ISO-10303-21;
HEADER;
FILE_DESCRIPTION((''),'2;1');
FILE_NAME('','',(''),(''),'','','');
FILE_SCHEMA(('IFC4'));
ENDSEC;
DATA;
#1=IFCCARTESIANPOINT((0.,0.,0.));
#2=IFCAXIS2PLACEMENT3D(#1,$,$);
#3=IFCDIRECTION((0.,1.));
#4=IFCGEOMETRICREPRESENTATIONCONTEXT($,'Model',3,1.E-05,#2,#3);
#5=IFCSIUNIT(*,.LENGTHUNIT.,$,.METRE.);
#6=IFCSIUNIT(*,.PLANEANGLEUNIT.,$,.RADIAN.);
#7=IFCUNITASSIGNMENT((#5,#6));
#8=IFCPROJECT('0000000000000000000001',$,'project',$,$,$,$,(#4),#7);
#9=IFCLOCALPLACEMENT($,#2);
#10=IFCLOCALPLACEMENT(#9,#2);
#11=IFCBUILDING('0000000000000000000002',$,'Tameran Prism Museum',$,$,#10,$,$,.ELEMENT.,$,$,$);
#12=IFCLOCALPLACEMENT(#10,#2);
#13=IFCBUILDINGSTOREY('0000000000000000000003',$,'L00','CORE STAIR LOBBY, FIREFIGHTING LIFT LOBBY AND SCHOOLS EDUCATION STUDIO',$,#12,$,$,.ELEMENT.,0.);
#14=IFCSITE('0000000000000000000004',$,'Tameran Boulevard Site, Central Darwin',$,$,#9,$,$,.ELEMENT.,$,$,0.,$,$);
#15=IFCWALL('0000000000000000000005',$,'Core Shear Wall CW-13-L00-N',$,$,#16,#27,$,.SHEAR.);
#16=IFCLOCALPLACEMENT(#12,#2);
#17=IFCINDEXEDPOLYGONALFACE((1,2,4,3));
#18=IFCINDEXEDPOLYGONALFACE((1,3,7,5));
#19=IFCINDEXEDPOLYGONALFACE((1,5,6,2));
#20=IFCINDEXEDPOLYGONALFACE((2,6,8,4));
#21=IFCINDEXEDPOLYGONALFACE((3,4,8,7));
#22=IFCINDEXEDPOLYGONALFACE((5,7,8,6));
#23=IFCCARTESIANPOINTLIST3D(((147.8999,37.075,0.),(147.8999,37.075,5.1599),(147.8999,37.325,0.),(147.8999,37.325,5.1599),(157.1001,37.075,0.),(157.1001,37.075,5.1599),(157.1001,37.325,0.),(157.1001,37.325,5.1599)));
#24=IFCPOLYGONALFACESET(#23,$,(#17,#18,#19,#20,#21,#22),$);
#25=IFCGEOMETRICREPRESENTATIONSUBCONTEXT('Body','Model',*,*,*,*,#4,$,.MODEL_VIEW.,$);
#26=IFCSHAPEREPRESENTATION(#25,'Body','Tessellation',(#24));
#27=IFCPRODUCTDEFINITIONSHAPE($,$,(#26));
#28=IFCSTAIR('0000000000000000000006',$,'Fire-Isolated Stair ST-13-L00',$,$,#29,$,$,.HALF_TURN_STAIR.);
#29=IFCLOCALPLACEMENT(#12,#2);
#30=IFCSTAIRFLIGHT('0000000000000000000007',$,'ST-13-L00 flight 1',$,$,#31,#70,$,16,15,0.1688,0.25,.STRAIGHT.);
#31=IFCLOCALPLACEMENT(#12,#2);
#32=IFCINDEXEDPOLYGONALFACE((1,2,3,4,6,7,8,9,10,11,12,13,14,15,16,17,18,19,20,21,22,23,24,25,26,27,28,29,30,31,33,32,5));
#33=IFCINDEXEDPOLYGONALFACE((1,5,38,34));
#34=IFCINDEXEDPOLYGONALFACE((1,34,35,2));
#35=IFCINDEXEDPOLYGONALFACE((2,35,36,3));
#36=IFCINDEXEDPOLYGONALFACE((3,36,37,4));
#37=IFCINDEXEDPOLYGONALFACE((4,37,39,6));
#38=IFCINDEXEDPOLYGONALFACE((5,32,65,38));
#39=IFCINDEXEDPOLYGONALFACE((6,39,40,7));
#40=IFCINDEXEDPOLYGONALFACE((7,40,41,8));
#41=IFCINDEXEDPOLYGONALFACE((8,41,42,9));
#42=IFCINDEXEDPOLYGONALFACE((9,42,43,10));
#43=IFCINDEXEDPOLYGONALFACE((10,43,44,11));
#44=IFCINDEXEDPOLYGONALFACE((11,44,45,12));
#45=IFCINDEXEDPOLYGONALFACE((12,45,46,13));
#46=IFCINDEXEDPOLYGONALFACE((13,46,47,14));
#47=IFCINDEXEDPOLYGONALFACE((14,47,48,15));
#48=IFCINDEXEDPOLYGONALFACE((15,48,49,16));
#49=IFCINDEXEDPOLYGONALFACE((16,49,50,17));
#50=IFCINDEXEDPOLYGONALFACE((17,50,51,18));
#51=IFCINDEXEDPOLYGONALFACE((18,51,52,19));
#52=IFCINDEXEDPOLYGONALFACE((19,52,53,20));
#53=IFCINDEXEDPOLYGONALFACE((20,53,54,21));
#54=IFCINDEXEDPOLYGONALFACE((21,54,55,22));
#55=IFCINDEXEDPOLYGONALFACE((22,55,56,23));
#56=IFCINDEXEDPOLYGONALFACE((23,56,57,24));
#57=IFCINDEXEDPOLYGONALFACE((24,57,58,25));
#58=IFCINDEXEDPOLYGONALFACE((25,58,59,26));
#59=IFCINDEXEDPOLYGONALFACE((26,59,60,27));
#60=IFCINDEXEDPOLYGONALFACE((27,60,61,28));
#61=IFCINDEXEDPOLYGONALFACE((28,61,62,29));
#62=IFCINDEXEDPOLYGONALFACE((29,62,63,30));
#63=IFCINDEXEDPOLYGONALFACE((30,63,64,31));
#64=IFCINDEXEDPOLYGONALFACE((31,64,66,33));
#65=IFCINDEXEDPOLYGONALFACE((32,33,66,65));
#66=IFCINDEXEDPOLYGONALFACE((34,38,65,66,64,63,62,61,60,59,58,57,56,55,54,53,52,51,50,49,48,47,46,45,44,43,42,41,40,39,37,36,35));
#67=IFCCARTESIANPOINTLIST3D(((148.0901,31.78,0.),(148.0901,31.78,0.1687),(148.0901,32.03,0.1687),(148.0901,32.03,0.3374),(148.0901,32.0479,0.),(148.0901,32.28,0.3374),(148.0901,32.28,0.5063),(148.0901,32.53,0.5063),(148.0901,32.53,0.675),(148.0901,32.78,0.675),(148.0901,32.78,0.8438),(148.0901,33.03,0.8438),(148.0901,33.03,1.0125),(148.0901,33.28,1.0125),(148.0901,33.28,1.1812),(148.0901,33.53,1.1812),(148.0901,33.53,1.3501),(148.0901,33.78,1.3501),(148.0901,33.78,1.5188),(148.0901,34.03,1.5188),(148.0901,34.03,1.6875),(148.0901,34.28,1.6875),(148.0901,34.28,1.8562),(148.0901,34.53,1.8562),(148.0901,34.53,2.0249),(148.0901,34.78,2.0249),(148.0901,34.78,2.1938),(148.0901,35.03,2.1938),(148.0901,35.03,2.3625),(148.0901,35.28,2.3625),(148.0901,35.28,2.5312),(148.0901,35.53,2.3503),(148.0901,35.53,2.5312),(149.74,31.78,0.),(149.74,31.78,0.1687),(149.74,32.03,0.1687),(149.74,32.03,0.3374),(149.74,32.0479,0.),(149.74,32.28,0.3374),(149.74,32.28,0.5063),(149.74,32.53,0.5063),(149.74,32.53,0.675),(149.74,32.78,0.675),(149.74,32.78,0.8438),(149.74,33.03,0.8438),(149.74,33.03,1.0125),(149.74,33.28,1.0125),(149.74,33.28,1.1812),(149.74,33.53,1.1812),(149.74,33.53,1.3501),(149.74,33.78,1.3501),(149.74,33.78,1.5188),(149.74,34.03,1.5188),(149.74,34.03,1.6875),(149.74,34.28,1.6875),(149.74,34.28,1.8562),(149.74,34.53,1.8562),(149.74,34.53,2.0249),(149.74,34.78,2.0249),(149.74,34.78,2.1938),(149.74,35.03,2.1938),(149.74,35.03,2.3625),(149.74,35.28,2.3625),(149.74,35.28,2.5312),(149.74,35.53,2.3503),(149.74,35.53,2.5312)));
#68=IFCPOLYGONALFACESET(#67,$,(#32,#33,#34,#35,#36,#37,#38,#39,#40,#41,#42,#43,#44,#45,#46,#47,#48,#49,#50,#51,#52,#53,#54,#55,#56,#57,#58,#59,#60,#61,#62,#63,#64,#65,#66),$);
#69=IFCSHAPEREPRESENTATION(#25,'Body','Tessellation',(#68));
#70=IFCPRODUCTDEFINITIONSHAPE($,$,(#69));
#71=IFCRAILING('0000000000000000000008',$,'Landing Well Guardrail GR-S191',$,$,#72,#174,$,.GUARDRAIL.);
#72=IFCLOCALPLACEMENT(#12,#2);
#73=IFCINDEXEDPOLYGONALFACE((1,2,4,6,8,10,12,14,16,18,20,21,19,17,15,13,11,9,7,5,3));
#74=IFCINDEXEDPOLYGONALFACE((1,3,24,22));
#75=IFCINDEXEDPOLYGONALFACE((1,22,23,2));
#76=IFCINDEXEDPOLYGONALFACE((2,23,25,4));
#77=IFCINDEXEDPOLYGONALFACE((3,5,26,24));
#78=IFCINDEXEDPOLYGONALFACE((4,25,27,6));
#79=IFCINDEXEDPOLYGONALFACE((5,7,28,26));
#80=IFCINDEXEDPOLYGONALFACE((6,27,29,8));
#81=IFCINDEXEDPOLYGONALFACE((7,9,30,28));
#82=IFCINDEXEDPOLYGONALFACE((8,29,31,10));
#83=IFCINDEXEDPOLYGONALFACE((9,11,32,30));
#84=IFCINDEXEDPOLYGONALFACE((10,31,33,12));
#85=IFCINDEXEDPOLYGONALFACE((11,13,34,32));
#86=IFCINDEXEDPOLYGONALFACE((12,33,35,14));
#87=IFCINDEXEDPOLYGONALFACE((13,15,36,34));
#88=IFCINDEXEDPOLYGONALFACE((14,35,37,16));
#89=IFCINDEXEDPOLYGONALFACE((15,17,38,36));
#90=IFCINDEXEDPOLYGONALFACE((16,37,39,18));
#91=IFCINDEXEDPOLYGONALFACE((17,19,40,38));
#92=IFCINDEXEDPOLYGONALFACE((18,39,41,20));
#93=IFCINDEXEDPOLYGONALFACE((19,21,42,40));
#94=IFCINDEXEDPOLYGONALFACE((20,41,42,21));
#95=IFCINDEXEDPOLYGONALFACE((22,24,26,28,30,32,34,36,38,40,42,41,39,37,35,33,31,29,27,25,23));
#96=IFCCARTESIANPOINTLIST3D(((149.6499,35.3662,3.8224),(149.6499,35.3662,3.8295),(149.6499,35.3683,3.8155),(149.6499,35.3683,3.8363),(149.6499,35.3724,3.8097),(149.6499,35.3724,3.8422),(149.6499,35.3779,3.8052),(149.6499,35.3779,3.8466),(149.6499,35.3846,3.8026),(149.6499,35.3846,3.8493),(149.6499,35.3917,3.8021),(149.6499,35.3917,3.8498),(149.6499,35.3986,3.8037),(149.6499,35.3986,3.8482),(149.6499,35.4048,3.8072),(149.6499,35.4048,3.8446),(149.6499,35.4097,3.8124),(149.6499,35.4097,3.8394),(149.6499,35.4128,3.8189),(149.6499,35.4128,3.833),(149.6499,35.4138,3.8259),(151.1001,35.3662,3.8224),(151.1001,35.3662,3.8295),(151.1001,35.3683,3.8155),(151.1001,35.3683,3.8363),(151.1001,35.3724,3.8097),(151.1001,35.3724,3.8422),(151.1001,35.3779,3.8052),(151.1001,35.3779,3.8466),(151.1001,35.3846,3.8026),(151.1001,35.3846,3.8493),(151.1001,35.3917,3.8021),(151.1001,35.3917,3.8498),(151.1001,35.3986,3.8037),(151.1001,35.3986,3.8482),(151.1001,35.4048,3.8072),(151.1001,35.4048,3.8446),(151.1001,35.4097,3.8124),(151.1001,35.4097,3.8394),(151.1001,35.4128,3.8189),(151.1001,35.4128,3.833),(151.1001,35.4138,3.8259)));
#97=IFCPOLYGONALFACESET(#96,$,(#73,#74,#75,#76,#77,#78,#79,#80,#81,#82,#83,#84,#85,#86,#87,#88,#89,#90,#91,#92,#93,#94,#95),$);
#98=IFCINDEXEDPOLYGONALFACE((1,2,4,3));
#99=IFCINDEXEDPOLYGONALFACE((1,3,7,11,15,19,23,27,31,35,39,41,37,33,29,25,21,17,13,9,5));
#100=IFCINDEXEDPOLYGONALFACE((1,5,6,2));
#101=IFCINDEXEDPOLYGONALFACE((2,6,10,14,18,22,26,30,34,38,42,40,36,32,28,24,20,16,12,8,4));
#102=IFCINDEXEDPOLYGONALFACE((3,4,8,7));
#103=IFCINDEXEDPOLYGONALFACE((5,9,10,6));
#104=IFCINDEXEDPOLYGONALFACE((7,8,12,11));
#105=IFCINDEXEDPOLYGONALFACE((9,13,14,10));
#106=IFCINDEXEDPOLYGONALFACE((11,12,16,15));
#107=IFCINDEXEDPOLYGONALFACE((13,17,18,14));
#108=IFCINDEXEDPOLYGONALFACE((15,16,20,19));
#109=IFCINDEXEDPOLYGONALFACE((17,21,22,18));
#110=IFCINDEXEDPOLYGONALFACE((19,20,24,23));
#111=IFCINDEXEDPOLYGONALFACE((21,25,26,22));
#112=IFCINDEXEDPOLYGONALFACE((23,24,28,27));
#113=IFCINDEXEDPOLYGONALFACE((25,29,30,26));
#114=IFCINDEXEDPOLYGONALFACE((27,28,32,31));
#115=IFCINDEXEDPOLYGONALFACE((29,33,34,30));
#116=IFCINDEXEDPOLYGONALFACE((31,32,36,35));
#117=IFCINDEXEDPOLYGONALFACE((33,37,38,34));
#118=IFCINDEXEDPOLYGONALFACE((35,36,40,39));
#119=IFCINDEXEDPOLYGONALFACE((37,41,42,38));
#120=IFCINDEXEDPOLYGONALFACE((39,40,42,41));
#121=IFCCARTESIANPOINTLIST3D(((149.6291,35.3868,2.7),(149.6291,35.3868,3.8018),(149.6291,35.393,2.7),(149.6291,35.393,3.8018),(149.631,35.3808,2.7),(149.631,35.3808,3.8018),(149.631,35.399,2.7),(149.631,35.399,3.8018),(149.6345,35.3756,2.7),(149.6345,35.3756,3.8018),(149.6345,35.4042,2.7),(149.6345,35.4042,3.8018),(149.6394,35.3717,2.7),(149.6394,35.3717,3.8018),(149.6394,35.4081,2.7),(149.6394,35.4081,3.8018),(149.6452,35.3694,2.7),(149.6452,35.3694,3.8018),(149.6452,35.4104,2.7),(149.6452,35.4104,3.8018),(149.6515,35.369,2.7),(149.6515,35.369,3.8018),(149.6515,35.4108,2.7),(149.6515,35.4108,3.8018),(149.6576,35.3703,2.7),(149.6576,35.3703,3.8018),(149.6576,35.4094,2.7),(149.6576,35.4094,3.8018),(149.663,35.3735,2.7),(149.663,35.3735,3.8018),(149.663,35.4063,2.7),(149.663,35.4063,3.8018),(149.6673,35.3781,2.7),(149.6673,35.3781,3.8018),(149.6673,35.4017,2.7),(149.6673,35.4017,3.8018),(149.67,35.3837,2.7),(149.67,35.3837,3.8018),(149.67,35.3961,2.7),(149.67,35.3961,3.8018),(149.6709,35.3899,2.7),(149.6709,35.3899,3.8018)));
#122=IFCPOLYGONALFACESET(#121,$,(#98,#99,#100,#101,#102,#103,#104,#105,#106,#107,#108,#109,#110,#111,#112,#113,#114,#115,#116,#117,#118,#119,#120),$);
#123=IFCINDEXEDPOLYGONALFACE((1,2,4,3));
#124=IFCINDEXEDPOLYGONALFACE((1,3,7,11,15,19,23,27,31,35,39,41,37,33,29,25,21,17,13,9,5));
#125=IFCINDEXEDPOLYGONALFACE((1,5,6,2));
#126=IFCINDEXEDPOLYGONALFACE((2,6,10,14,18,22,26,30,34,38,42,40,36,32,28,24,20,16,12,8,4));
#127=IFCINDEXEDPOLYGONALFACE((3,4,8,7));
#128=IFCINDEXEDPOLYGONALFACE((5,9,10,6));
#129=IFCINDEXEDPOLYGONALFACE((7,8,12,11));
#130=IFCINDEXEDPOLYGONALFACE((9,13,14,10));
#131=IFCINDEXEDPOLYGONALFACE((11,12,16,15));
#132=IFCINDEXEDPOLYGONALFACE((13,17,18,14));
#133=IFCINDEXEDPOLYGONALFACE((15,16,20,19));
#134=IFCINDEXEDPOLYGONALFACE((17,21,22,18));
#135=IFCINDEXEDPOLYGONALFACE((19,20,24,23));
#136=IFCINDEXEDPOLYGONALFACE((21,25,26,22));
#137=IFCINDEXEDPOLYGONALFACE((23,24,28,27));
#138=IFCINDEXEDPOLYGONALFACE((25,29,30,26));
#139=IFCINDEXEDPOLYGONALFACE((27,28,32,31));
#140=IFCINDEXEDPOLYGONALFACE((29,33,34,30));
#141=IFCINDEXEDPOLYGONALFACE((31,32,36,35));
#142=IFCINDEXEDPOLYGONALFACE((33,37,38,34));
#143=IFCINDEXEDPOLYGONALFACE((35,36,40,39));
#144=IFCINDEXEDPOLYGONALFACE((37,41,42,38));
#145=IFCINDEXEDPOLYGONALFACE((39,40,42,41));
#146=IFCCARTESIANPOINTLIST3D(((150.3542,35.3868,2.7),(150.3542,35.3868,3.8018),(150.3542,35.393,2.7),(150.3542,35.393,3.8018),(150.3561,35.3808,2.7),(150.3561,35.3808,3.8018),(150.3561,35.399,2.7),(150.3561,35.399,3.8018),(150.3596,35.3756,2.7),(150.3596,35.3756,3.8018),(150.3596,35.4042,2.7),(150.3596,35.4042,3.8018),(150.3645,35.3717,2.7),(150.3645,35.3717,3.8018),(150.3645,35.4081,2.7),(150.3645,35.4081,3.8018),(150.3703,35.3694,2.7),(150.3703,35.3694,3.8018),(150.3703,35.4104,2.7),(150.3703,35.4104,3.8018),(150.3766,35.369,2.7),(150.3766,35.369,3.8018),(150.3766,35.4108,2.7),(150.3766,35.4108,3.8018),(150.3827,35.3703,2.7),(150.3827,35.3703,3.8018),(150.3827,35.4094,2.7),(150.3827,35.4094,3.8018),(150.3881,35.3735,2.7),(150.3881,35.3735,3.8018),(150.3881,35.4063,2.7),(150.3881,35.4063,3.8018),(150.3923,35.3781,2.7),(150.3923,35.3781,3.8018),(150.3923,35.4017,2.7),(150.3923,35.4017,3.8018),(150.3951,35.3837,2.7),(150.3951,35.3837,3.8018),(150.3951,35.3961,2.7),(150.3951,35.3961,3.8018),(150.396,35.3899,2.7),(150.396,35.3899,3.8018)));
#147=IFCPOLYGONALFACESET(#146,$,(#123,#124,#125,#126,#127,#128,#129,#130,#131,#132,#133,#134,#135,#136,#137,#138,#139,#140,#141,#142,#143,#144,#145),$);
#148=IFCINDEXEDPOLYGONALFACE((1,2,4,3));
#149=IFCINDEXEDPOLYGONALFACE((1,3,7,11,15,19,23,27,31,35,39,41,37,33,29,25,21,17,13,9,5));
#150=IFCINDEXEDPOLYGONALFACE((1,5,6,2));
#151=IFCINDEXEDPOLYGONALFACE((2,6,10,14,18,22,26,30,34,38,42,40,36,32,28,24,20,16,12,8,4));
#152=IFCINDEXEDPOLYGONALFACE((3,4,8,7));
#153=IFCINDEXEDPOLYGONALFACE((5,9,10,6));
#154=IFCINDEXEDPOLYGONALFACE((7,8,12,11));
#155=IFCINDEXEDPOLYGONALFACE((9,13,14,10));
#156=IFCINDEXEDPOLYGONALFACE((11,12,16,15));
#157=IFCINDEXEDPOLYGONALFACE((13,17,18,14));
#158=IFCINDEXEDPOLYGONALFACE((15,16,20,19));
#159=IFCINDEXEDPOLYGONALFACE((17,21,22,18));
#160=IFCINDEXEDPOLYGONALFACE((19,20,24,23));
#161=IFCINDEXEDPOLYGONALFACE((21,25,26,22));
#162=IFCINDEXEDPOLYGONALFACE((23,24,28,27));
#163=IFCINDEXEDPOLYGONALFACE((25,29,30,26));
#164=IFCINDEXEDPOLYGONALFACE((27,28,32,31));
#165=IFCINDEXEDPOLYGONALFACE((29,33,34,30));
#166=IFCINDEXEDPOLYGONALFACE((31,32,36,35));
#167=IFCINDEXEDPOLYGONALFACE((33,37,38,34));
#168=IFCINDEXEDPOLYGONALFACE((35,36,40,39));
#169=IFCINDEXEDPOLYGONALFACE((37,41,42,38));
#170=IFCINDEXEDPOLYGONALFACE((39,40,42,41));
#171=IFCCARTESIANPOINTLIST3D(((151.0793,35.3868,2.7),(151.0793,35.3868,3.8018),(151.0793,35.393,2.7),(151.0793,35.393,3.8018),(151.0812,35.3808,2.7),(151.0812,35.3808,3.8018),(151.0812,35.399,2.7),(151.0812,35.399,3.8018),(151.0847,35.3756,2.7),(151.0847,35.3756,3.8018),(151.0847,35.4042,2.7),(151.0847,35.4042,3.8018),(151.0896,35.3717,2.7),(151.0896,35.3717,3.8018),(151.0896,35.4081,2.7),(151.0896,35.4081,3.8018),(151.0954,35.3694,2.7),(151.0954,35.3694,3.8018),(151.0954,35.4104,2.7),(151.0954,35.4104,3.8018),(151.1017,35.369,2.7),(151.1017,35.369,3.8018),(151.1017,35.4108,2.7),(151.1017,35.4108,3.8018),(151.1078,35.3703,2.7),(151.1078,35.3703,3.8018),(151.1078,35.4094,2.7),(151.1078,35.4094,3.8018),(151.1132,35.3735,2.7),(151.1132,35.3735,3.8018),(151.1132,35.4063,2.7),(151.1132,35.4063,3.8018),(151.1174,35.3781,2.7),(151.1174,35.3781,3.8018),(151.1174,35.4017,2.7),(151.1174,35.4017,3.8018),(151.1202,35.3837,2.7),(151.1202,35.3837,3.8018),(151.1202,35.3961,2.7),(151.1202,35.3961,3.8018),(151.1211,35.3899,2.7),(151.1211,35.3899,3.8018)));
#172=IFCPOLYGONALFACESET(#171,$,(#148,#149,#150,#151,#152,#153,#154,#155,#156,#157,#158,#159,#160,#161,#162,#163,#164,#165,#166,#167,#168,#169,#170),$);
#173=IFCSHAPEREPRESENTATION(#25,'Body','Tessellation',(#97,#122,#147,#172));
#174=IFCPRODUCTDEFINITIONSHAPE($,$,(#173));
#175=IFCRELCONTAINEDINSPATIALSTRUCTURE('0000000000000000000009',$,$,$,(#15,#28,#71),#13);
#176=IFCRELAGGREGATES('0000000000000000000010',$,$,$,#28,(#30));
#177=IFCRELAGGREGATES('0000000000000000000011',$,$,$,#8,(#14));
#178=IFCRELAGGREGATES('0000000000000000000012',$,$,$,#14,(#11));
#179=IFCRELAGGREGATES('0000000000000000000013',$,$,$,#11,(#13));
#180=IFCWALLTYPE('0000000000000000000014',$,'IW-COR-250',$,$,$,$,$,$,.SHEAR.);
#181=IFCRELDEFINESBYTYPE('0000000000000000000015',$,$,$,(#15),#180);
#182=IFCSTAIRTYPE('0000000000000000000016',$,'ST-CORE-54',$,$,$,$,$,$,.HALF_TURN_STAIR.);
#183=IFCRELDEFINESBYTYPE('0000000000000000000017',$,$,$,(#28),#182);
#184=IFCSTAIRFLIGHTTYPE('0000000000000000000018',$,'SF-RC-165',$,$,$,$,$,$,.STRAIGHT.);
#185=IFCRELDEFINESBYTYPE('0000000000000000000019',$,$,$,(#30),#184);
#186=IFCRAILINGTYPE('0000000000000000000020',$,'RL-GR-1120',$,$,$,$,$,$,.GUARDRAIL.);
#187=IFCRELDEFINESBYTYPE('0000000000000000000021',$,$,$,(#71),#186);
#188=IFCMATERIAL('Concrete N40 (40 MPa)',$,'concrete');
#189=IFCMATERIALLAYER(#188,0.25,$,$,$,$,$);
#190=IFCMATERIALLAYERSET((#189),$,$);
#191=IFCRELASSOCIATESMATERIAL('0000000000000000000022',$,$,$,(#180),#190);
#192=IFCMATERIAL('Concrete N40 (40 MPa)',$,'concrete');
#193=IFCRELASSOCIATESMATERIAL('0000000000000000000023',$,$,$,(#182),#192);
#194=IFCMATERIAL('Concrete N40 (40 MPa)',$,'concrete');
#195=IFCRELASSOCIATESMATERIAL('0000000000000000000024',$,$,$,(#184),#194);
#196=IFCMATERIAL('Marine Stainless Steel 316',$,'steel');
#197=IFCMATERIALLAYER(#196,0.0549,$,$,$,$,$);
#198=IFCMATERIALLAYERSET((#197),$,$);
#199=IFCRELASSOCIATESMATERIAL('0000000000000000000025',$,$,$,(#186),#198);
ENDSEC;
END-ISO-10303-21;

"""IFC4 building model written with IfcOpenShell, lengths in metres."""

from ifc_helpers import new_model, si_unit, direction, frame, frame_2d, origin, origin_2d, place, context, subcontext, project, spatial, polyline, rectangle, circle, outline, extrude, material, layer, layer_set, type_object, element, aggregate, save


model = new_model("IFC4")

# Units and contexts
model_context = context("Model", 3, precision=1e-05, world=origin(), true_north=direction((0.0, 1.0)))
body_context = subcontext(model_context, "Body", "Model", "MODEL_VIEW")
ifc_project = project(units=[si_unit("LENGTHUNIT", "METRE"), si_unit("PLANEANGLEUNIT", "RADIAN")], contexts=[model_context])

# Site, building, storey
site_placement = place(None, origin())
site = spatial("IfcSite", under=ifc_project, at=site_placement, Name="Tameran Boulevard Site, Central Darwin", CompositionType="ELEMENT", RefElevation=0.0)
building_placement = place(site_placement, origin())
building = spatial("IfcBuilding", under=site, at=building_placement, Name="Tameran Prism Museum", CompositionType="ELEMENT")
storey_placement = place(building_placement, origin())
storey = spatial("IfcBuildingStorey", under=building, at=storey_placement, Name="L00", Description="CORE STAIR LOBBY, FIREFIGHTING LIFT LOBBY AND SCHOOLS EDUCATION STUDIO", CompositionType="ELEMENT", Elevation=0.0)

# Wall
ifc_material_1 = material(Name="Concrete N40 (40 MPa)", Category="concrete")
ifc_layer_1 = layer(ifc_material_1, 0.25)
ifc_layer_set_1 = layer_set([ifc_layer_1])
wall_type = type_object("IfcWallType", Name="IW-COR-250", PredefinedType="SHEAR", material=ifc_layer_set_1)
wall_placement = place(storey_placement, frame((147.8999, 37.2, 0.0), z_axis=(0.0, 0.0, 1.0), x_axis=(1.0, 0.0, 0.0)))
element("IfcWall", 1, at=wall_placement, inside=storey, type_object=wall_type, Name="Core Shear Wall CW-13-L00-N", PredefinedType="SHEAR", context=body_context, shape_type="SweptSolid", body=[
    extrude(rectangle(XDim=9.2002, YDim=0.25, at=frame_2d((4.6001, 0.0))), origin(), (0.0, 0.0, 1.0), 5.1599),
])

# Stair, stair flight
ifc_material_2 = material(Name="Concrete N40 (40 MPa)", Category="concrete")
stair_type = type_object("IfcStairType", Name="ST-CORE-54", PredefinedType="HALF_TURN_STAIR", material=ifc_material_2)
stair_placement = place(storey_placement, origin())
stair = element("IfcStair", 2, at=stair_placement, inside=storey, type_object=stair_type, Name="Fire-Isolated Stair ST-13-L00", PredefinedType="HALF_TURN_STAIR")
ifc_material_3 = material(Name="Concrete N40 (40 MPa)", Category="concrete")
stair_flight_type = type_object("IfcStairFlightType", Name="SF-RC-165", PredefinedType="STRAIGHT", material=ifc_material_3)
stair_flight_placement = place(storey_placement, frame((148.915, 31.78, 0.0), z_axis=(0.0, 0.0, 1.0), x_axis=(0.0, 1.0, 0.0)))
stair_flight = element("IfcStairFlight", 3, at=stair_flight_placement, type_object=stair_flight_type, Name="ST-13-L00 flight 1", NumberOfRisers=16, NumberOfTreads=15, PredefinedType="STRAIGHT", RiserHeight=0.1688, TreadLength=0.25, context=body_context, shape_type="SweptSolid", body=[
    extrude(outline(polyline([(0.0, 0.0), (0.0, 0.1687), (0.25, 0.1687), (0.25, 0.3374), (0.5, 0.3374), (0.5, 0.5063), (0.75, 0.5063), (0.75, 0.675), (1.0, 0.675), (1.0, 0.8438), (1.25, 0.8438), (1.25, 1.0125), (1.5, 1.0125), (1.5, 1.1812), (1.75, 1.1812), (1.75, 1.3501), (2.0, 1.3501), (2.0, 1.5188), (2.25, 1.5188), (2.25, 1.6875), (2.5, 1.6875), (2.5, 1.8562), (2.75, 1.8562), (2.75, 2.0249), (3.0, 2.0249), (3.0, 2.1938), (3.25, 2.1938), (3.25, 2.3625), (3.5, 2.3625), (3.5, 2.5312), (3.75, 2.5312), (3.75, 2.7), (3.75, 2.3503), (0.2678, 0.0), (0.0, 0.0)])), frame((0.0, 0.825, 0.0), z_axis=(0.0, -1.0, 0.0), x_axis=(1.0, 0.0, 0.0)), (0.0, 0.0, 1.0), 1.6499),
])
aggregate(stair, [stair_flight])

# Railing
ifc_material_4 = material(Name="Marine Stainless Steel 316", Category="steel")
ifc_layer_2 = layer(ifc_material_4, 0.0549)
ifc_layer_set_2 = layer_set([ifc_layer_2])
railing_type = type_object("IfcRailingType", Name="RL-GR-1120", PredefinedType="GUARDRAIL", material=ifc_layer_set_2)
railing_placement = place(storey_placement, frame((149.6499, 35.3899, 2.7)))
element("IfcRailing", 4, at=railing_placement, inside=storey, type_object=railing_type, Name="Landing Well Guardrail GR-S191", PredefinedType="GUARDRAIL", context=body_context, shape_type="SweptSolid", body=[
    extrude(circle(Radius=0.0239, at=origin_2d()), frame((0.0, 0.0, 1.126), z_axis=(1.0, 0.0, 0.0), x_axis=(0.0, 1.0, 0.0)), (0.0, 0.0, 1.0), 1.4502),
    extrude(circle(Radius=0.021, at=origin_2d()), origin(), (0.0, 0.0, 1.0), 1.1018),
    extrude(circle(Radius=0.021, at=origin_2d()), frame((0.7251, 0.0, 0.0)), (0.0, 0.0, 1.0), 1.1018),
    extrude(circle(Radius=0.021, at=origin_2d()), frame((1.4502, 0.0, 0.0)), (0.0, 0.0, 1.0), 1.1018),
])

save(model, "model.ifc")
